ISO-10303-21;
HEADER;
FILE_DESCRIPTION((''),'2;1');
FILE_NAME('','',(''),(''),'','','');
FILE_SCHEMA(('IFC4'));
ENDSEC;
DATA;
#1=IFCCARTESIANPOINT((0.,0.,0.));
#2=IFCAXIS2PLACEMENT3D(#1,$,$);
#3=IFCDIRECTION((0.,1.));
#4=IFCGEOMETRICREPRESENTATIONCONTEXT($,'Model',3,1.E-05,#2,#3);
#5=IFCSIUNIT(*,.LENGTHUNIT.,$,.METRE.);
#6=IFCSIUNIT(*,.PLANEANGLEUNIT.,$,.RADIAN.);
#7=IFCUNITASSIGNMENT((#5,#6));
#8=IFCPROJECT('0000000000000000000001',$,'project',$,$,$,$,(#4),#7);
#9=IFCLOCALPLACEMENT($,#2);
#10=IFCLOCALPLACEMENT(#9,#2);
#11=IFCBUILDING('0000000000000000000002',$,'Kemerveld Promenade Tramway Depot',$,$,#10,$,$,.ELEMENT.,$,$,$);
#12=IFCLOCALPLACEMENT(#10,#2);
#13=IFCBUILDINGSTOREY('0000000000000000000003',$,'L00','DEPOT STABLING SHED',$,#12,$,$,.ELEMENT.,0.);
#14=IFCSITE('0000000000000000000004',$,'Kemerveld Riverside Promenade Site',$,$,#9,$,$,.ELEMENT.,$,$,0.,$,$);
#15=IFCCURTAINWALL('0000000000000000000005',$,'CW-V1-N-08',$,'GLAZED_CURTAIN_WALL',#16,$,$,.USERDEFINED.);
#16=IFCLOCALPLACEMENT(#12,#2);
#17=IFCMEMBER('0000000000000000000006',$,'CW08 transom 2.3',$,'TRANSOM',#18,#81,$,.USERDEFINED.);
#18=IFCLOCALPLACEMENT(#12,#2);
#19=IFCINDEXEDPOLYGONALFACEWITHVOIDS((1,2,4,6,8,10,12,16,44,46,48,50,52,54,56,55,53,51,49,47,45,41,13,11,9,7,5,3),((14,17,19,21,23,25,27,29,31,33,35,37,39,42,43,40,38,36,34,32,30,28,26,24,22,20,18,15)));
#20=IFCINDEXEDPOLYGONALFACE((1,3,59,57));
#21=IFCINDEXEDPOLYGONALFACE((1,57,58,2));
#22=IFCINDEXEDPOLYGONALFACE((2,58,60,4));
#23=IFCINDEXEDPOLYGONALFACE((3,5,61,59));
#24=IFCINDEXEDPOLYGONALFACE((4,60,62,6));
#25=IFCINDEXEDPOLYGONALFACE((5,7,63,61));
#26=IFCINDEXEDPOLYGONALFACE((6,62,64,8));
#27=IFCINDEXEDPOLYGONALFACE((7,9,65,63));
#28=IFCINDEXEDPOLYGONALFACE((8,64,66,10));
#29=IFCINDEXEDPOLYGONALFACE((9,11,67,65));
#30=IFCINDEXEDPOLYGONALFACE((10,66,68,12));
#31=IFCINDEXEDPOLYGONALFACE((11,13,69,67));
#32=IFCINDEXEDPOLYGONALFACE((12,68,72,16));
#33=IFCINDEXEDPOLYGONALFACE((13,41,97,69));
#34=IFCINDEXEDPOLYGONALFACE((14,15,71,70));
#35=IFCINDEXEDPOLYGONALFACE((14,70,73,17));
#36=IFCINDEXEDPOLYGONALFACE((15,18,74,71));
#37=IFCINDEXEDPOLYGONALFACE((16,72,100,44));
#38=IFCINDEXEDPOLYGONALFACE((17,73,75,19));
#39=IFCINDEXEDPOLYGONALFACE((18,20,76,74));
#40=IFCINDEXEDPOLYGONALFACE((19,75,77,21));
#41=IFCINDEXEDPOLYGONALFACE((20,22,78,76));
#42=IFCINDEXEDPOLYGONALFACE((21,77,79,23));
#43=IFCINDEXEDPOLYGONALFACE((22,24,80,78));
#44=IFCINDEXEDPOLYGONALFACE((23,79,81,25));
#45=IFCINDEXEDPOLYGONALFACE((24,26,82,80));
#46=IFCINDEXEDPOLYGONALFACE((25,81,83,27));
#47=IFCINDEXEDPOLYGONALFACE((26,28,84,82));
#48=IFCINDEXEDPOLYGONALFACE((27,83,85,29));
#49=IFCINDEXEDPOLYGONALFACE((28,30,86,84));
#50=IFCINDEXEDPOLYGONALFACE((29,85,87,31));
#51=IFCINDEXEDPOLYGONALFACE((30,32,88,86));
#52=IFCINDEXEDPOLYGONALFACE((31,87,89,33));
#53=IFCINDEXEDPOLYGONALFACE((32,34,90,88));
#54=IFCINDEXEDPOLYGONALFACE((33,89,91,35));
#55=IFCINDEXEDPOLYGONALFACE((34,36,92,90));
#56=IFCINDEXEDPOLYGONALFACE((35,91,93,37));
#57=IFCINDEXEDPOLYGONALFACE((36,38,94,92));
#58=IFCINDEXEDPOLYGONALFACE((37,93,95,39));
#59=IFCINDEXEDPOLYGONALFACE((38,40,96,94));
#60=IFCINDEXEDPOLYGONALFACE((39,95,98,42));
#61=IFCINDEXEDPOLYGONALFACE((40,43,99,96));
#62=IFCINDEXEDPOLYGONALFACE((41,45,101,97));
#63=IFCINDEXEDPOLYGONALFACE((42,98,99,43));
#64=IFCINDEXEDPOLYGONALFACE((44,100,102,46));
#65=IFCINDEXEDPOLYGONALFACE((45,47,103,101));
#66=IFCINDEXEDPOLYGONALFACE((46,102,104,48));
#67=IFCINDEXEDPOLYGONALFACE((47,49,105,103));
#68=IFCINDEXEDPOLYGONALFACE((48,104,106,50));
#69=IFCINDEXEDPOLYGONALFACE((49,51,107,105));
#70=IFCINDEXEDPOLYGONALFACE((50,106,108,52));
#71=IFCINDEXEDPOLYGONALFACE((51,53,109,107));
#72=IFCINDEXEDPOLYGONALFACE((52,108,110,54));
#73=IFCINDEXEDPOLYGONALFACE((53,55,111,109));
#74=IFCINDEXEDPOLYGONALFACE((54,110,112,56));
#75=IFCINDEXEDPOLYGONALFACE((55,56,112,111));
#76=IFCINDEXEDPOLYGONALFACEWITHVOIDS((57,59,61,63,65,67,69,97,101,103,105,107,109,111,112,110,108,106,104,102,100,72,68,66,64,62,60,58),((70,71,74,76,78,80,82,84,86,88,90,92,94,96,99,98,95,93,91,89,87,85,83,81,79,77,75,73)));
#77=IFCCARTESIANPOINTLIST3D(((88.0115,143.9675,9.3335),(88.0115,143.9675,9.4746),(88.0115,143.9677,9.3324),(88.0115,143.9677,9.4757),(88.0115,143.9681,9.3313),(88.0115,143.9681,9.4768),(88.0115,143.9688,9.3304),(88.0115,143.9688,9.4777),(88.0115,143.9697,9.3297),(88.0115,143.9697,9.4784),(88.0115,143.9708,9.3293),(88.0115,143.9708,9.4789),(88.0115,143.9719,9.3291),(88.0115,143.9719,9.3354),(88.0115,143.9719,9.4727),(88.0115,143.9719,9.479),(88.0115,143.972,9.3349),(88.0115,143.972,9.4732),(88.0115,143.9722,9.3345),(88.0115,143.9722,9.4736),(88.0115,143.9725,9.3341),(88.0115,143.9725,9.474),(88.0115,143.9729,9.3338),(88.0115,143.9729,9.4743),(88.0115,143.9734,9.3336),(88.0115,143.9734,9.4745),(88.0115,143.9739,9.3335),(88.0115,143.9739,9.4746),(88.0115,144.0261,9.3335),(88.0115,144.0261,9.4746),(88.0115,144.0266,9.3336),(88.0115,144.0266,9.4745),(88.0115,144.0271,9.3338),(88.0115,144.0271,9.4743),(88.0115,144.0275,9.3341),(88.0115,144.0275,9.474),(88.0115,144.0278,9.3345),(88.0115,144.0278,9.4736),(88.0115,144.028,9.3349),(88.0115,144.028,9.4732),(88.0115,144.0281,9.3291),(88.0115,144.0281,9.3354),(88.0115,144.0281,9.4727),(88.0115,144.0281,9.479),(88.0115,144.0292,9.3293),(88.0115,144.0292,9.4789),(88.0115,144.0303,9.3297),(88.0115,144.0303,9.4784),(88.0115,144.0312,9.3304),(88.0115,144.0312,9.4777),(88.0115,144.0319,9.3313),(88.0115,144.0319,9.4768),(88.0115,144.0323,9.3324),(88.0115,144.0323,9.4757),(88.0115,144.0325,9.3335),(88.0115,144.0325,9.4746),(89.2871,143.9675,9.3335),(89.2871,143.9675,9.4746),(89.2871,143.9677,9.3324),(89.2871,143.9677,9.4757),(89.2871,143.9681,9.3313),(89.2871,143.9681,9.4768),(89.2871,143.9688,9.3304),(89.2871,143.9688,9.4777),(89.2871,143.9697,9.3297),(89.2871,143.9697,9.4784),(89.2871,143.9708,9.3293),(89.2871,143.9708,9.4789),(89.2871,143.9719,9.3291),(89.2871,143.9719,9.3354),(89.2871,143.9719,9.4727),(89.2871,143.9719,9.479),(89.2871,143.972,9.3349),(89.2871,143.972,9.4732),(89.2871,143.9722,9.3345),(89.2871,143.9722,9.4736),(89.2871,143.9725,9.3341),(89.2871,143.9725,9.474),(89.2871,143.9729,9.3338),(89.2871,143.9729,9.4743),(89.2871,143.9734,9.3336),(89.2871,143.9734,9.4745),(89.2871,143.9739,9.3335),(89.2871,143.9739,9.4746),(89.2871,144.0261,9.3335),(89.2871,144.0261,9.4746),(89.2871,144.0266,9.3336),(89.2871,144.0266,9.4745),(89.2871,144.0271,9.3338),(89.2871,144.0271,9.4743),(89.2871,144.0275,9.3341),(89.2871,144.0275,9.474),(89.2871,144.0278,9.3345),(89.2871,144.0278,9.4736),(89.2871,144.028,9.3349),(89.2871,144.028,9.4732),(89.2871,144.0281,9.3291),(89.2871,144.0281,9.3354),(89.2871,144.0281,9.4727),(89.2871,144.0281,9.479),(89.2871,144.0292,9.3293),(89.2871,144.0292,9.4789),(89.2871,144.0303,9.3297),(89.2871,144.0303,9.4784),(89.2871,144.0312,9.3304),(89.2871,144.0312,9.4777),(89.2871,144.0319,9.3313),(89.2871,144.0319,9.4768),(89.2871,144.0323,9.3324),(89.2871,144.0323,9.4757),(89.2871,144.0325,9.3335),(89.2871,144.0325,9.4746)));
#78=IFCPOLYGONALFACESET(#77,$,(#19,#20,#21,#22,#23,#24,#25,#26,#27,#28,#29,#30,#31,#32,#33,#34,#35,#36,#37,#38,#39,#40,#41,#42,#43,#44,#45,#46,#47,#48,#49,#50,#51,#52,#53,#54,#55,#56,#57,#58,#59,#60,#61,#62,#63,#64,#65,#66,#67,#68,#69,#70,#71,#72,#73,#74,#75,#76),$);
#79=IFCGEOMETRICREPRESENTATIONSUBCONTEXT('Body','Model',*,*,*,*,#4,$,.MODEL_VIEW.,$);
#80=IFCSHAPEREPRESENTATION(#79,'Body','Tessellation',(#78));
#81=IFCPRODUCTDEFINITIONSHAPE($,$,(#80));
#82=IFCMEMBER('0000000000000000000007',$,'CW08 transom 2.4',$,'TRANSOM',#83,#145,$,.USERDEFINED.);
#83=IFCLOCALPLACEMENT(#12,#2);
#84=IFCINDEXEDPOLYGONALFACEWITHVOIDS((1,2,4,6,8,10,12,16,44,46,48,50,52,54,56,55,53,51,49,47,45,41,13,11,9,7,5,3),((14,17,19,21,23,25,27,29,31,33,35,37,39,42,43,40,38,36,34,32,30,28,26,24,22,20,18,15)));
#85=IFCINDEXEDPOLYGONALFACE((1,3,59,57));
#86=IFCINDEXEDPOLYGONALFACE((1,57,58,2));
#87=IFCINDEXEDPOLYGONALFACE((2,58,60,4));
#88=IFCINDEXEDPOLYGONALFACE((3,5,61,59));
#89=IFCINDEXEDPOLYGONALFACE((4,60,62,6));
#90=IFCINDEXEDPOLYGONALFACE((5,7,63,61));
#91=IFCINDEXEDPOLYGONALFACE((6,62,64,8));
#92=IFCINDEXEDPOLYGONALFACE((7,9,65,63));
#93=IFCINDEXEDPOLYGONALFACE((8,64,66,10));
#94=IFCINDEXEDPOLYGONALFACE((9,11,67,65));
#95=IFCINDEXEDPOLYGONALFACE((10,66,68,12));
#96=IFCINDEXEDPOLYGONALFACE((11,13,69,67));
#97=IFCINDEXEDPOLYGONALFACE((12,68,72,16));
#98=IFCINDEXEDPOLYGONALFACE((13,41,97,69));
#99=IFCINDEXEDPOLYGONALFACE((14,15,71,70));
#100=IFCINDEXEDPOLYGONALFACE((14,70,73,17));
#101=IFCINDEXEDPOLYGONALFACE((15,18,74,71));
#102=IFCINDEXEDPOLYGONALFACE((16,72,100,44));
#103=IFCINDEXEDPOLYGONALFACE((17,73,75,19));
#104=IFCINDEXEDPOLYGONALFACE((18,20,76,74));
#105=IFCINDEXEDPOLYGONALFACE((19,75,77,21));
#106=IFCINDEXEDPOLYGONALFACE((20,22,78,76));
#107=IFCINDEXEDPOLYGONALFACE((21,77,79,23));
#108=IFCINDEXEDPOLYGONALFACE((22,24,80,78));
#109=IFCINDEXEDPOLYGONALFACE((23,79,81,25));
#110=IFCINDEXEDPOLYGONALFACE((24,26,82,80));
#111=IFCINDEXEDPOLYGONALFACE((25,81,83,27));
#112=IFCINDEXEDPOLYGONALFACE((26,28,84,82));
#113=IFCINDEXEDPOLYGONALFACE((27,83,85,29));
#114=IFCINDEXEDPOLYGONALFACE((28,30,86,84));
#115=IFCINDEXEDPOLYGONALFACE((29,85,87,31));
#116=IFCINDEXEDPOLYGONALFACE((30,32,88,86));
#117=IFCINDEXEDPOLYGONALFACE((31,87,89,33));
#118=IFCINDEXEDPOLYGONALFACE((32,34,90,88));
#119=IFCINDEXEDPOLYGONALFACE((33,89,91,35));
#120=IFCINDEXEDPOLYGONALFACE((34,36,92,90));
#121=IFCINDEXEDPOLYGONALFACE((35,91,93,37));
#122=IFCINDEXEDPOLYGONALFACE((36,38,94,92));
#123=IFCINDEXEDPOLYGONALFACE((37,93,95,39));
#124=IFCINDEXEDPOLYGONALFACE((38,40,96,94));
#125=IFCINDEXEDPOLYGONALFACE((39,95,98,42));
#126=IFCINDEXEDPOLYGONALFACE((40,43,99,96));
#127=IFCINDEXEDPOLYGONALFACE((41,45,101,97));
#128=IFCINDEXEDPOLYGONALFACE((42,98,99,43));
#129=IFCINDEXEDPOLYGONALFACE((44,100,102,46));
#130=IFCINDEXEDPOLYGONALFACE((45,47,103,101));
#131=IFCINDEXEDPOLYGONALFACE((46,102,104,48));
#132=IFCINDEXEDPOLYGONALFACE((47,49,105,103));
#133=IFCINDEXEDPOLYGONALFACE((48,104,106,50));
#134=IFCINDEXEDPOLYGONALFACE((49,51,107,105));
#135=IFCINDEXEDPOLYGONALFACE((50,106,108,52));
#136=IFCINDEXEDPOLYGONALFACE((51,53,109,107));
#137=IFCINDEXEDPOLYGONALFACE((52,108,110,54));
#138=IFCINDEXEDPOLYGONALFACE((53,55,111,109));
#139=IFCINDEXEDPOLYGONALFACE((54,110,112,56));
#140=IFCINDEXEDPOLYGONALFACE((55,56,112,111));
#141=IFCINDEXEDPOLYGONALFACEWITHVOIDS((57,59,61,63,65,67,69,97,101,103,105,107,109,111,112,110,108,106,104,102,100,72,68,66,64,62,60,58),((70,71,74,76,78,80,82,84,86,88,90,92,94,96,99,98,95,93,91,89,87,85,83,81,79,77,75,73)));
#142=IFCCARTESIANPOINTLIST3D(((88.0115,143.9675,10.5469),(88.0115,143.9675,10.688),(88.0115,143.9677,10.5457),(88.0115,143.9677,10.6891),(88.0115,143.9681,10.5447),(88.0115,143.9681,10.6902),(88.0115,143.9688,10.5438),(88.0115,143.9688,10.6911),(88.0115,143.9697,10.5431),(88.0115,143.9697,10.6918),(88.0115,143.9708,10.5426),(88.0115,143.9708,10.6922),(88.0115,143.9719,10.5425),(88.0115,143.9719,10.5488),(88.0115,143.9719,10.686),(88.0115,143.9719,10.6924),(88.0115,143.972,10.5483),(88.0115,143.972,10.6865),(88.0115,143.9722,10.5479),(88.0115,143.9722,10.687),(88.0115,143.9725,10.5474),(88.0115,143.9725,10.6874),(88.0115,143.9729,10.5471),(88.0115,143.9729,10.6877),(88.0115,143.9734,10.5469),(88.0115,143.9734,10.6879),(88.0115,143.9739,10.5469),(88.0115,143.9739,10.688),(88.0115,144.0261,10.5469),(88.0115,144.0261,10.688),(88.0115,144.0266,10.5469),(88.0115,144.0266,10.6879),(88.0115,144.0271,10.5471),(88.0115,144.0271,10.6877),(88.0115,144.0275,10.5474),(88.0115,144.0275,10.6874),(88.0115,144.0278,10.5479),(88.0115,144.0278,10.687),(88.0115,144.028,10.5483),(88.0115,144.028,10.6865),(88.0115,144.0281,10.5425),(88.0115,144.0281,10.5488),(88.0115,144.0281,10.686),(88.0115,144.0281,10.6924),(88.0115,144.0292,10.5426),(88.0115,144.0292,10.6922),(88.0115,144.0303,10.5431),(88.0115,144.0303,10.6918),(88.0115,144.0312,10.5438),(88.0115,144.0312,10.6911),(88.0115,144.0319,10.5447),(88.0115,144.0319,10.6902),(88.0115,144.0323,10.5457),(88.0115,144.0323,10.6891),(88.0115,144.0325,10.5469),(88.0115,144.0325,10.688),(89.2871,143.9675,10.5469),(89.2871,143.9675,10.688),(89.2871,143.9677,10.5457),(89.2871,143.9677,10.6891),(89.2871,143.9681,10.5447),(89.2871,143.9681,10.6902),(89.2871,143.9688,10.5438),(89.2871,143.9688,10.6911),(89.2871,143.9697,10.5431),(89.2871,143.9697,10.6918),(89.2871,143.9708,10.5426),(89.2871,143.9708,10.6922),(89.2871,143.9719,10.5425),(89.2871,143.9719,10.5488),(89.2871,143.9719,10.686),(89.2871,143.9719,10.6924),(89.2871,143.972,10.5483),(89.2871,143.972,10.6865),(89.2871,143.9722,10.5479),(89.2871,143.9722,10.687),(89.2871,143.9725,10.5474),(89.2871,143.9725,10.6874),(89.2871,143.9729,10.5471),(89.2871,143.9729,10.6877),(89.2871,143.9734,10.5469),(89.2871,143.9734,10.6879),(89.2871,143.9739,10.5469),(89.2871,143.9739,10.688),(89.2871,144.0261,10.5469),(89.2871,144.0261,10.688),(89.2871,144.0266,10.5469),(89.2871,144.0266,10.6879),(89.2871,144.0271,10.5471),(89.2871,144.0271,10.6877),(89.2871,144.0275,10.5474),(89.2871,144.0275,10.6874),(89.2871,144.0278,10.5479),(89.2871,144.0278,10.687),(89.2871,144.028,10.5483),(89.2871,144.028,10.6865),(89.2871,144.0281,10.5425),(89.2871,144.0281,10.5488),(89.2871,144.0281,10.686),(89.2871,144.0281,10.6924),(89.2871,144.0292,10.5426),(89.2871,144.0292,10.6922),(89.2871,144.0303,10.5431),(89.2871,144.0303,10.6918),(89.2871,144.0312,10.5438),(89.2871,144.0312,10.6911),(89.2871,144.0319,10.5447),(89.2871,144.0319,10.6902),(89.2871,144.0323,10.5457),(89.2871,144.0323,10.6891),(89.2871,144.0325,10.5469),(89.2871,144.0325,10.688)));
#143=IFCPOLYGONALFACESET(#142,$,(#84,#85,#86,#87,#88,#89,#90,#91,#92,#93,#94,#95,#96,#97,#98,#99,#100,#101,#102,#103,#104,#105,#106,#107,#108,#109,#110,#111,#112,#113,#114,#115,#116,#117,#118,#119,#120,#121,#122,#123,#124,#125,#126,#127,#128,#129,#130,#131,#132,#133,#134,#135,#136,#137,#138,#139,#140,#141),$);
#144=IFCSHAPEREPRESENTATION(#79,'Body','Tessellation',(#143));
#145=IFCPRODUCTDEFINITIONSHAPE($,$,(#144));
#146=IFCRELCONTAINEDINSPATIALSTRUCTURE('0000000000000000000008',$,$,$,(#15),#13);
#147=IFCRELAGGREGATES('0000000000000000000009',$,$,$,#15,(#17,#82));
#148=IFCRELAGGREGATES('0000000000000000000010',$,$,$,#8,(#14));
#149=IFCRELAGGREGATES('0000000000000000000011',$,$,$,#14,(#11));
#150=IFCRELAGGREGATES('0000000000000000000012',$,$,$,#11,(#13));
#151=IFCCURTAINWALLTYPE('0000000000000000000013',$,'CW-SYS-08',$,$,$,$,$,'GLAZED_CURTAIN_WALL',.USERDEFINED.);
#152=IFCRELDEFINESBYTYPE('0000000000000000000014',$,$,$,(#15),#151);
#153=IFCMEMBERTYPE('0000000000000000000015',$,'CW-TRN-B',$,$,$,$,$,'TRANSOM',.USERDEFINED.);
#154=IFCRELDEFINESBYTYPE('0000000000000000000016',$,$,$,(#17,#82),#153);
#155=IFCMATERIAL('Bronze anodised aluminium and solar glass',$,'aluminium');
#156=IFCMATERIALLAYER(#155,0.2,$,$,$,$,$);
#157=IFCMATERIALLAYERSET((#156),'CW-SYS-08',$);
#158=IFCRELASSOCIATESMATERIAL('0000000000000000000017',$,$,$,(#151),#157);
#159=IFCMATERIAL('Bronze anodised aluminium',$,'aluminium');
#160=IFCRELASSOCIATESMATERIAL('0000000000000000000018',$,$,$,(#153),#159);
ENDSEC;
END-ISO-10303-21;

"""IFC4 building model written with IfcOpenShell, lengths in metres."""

from ifc_helpers import new_model, si_unit, direction, frame, origin, origin_2d, place, context, subcontext, project, spatial, hollow_rectangle, extrude, material, layer, layer_set, material_profile, profile_set, type_object, element, aggregate, save


model = new_model("IFC4")

# Units and contexts
model_context = context("Model", 3, precision=1e-05, world=origin(), true_north=direction((0.0, 1.0)))
body_context = subcontext(model_context, "Body", "Model", "MODEL_VIEW")
ifc_project = project(units=[si_unit("LENGTHUNIT", "METRE"), si_unit("PLANEANGLEUNIT", "RADIAN")], contexts=[model_context])

# Site, building, storey
site_placement = place(None, origin())
site = spatial("IfcSite", under=ifc_project, at=site_placement, Name="Kemerveld Riverside Promenade Site", CompositionType="ELEMENT", RefElevation=0.0)
building_placement = place(site_placement, origin())
building = spatial("IfcBuilding", under=site, at=building_placement, Name="Kemerveld Promenade Tramway Depot", CompositionType="ELEMENT")
storey_placement = place(building_placement, origin())
storey = spatial("IfcBuildingStorey", under=building, at=storey_placement, Name="L00", Description="DEPOT STABLING SHED", CompositionType="ELEMENT", Elevation=0.0)

# Curtain wall, members
ifc_material_1 = material(Name="Bronze anodised aluminium and solar glass", Category="aluminium")
ifc_material_2 = material(Name="Bronze anodised aluminium", Category="aluminium")
ifc_layer_1 = layer(ifc_material_1, 0.2)
ifc_layer_set_1 = layer_set([ifc_layer_1], Name="CW-SYS-08")
curtain_wall_type_1 = type_object("IfcCurtainWallType", Name="CW-SYS-08", ElementType="GLAZED_CURTAIN_WALL", PredefinedType="USERDEFINED", material=ifc_layer_set_1)
curtain_wall_1_placement = place(storey_placement, origin())
curtain_wall_1 = element("IfcCurtainWall", 1, at=curtain_wall_1_placement, inside=storey, type_object=curtain_wall_type_1, Name="CW-V1-N-08", ObjectType="GLAZED_CURTAIN_WALL", PredefinedType="USERDEFINED")
ifc_material_profile_1 = material_profile(ifc_material_2, hollow_rectangle(XDim=0.0649, YDim=0.1499, WallThickness=0.0044, InnerFilletRadius=0.002, OuterFilletRadius=0.0044, at=origin_2d()), Name="CW-TRN-150x65")
ifc_profile_set_1 = profile_set([ifc_material_profile_1], Name="Bronze anodised aluminium")
member_type_1 = type_object("IfcMemberType", Name="CW-TRN-B", ElementType="TRANSOM", PredefinedType="USERDEFINED", material=ifc_profile_set_1)
member_1_placement = place(storey_placement, frame((88.0115, 144.0, 9.4041), z_axis=(1.0, 0.0, 0.0), x_axis=(0.0, 1.0, 0.0)))
member_1 = element("IfcMember", 2, at=member_1_placement, type_object=member_type_1, Name="CW08 transom 2.3", ObjectType="TRANSOM", PredefinedType="USERDEFINED", context=body_context, shape_type="SweptSolid", body=[
    extrude(hollow_rectangle(XDim=0.0649, YDim=0.1499, WallThickness=0.0044, InnerFilletRadius=0.002, OuterFilletRadius=0.0044, at=origin_2d()), origin(), (0.0, 0.0, 1.0), 1.2756),
])
member_2_placement = place(storey_placement, frame((88.0115, 144.0, 10.6174), z_axis=(1.0, 0.0, 0.0), x_axis=(0.0, 1.0, 0.0)))
member_2 = element("IfcMember", 3, at=member_2_placement, type_object=member_type_1, Name="CW08 transom 2.4", ObjectType="TRANSOM", PredefinedType="USERDEFINED", context=body_context, shape_type="SweptSolid", body=[
    extrude(hollow_rectangle(XDim=0.0649, YDim=0.1499, WallThickness=0.0044, InnerFilletRadius=0.002, OuterFilletRadius=0.0044, at=origin_2d()), origin(), (0.0, 0.0, 1.0), 1.2756),
])

aggregate(curtain_wall_1, [member_1, member_2])

save(model, "model.ifc")
